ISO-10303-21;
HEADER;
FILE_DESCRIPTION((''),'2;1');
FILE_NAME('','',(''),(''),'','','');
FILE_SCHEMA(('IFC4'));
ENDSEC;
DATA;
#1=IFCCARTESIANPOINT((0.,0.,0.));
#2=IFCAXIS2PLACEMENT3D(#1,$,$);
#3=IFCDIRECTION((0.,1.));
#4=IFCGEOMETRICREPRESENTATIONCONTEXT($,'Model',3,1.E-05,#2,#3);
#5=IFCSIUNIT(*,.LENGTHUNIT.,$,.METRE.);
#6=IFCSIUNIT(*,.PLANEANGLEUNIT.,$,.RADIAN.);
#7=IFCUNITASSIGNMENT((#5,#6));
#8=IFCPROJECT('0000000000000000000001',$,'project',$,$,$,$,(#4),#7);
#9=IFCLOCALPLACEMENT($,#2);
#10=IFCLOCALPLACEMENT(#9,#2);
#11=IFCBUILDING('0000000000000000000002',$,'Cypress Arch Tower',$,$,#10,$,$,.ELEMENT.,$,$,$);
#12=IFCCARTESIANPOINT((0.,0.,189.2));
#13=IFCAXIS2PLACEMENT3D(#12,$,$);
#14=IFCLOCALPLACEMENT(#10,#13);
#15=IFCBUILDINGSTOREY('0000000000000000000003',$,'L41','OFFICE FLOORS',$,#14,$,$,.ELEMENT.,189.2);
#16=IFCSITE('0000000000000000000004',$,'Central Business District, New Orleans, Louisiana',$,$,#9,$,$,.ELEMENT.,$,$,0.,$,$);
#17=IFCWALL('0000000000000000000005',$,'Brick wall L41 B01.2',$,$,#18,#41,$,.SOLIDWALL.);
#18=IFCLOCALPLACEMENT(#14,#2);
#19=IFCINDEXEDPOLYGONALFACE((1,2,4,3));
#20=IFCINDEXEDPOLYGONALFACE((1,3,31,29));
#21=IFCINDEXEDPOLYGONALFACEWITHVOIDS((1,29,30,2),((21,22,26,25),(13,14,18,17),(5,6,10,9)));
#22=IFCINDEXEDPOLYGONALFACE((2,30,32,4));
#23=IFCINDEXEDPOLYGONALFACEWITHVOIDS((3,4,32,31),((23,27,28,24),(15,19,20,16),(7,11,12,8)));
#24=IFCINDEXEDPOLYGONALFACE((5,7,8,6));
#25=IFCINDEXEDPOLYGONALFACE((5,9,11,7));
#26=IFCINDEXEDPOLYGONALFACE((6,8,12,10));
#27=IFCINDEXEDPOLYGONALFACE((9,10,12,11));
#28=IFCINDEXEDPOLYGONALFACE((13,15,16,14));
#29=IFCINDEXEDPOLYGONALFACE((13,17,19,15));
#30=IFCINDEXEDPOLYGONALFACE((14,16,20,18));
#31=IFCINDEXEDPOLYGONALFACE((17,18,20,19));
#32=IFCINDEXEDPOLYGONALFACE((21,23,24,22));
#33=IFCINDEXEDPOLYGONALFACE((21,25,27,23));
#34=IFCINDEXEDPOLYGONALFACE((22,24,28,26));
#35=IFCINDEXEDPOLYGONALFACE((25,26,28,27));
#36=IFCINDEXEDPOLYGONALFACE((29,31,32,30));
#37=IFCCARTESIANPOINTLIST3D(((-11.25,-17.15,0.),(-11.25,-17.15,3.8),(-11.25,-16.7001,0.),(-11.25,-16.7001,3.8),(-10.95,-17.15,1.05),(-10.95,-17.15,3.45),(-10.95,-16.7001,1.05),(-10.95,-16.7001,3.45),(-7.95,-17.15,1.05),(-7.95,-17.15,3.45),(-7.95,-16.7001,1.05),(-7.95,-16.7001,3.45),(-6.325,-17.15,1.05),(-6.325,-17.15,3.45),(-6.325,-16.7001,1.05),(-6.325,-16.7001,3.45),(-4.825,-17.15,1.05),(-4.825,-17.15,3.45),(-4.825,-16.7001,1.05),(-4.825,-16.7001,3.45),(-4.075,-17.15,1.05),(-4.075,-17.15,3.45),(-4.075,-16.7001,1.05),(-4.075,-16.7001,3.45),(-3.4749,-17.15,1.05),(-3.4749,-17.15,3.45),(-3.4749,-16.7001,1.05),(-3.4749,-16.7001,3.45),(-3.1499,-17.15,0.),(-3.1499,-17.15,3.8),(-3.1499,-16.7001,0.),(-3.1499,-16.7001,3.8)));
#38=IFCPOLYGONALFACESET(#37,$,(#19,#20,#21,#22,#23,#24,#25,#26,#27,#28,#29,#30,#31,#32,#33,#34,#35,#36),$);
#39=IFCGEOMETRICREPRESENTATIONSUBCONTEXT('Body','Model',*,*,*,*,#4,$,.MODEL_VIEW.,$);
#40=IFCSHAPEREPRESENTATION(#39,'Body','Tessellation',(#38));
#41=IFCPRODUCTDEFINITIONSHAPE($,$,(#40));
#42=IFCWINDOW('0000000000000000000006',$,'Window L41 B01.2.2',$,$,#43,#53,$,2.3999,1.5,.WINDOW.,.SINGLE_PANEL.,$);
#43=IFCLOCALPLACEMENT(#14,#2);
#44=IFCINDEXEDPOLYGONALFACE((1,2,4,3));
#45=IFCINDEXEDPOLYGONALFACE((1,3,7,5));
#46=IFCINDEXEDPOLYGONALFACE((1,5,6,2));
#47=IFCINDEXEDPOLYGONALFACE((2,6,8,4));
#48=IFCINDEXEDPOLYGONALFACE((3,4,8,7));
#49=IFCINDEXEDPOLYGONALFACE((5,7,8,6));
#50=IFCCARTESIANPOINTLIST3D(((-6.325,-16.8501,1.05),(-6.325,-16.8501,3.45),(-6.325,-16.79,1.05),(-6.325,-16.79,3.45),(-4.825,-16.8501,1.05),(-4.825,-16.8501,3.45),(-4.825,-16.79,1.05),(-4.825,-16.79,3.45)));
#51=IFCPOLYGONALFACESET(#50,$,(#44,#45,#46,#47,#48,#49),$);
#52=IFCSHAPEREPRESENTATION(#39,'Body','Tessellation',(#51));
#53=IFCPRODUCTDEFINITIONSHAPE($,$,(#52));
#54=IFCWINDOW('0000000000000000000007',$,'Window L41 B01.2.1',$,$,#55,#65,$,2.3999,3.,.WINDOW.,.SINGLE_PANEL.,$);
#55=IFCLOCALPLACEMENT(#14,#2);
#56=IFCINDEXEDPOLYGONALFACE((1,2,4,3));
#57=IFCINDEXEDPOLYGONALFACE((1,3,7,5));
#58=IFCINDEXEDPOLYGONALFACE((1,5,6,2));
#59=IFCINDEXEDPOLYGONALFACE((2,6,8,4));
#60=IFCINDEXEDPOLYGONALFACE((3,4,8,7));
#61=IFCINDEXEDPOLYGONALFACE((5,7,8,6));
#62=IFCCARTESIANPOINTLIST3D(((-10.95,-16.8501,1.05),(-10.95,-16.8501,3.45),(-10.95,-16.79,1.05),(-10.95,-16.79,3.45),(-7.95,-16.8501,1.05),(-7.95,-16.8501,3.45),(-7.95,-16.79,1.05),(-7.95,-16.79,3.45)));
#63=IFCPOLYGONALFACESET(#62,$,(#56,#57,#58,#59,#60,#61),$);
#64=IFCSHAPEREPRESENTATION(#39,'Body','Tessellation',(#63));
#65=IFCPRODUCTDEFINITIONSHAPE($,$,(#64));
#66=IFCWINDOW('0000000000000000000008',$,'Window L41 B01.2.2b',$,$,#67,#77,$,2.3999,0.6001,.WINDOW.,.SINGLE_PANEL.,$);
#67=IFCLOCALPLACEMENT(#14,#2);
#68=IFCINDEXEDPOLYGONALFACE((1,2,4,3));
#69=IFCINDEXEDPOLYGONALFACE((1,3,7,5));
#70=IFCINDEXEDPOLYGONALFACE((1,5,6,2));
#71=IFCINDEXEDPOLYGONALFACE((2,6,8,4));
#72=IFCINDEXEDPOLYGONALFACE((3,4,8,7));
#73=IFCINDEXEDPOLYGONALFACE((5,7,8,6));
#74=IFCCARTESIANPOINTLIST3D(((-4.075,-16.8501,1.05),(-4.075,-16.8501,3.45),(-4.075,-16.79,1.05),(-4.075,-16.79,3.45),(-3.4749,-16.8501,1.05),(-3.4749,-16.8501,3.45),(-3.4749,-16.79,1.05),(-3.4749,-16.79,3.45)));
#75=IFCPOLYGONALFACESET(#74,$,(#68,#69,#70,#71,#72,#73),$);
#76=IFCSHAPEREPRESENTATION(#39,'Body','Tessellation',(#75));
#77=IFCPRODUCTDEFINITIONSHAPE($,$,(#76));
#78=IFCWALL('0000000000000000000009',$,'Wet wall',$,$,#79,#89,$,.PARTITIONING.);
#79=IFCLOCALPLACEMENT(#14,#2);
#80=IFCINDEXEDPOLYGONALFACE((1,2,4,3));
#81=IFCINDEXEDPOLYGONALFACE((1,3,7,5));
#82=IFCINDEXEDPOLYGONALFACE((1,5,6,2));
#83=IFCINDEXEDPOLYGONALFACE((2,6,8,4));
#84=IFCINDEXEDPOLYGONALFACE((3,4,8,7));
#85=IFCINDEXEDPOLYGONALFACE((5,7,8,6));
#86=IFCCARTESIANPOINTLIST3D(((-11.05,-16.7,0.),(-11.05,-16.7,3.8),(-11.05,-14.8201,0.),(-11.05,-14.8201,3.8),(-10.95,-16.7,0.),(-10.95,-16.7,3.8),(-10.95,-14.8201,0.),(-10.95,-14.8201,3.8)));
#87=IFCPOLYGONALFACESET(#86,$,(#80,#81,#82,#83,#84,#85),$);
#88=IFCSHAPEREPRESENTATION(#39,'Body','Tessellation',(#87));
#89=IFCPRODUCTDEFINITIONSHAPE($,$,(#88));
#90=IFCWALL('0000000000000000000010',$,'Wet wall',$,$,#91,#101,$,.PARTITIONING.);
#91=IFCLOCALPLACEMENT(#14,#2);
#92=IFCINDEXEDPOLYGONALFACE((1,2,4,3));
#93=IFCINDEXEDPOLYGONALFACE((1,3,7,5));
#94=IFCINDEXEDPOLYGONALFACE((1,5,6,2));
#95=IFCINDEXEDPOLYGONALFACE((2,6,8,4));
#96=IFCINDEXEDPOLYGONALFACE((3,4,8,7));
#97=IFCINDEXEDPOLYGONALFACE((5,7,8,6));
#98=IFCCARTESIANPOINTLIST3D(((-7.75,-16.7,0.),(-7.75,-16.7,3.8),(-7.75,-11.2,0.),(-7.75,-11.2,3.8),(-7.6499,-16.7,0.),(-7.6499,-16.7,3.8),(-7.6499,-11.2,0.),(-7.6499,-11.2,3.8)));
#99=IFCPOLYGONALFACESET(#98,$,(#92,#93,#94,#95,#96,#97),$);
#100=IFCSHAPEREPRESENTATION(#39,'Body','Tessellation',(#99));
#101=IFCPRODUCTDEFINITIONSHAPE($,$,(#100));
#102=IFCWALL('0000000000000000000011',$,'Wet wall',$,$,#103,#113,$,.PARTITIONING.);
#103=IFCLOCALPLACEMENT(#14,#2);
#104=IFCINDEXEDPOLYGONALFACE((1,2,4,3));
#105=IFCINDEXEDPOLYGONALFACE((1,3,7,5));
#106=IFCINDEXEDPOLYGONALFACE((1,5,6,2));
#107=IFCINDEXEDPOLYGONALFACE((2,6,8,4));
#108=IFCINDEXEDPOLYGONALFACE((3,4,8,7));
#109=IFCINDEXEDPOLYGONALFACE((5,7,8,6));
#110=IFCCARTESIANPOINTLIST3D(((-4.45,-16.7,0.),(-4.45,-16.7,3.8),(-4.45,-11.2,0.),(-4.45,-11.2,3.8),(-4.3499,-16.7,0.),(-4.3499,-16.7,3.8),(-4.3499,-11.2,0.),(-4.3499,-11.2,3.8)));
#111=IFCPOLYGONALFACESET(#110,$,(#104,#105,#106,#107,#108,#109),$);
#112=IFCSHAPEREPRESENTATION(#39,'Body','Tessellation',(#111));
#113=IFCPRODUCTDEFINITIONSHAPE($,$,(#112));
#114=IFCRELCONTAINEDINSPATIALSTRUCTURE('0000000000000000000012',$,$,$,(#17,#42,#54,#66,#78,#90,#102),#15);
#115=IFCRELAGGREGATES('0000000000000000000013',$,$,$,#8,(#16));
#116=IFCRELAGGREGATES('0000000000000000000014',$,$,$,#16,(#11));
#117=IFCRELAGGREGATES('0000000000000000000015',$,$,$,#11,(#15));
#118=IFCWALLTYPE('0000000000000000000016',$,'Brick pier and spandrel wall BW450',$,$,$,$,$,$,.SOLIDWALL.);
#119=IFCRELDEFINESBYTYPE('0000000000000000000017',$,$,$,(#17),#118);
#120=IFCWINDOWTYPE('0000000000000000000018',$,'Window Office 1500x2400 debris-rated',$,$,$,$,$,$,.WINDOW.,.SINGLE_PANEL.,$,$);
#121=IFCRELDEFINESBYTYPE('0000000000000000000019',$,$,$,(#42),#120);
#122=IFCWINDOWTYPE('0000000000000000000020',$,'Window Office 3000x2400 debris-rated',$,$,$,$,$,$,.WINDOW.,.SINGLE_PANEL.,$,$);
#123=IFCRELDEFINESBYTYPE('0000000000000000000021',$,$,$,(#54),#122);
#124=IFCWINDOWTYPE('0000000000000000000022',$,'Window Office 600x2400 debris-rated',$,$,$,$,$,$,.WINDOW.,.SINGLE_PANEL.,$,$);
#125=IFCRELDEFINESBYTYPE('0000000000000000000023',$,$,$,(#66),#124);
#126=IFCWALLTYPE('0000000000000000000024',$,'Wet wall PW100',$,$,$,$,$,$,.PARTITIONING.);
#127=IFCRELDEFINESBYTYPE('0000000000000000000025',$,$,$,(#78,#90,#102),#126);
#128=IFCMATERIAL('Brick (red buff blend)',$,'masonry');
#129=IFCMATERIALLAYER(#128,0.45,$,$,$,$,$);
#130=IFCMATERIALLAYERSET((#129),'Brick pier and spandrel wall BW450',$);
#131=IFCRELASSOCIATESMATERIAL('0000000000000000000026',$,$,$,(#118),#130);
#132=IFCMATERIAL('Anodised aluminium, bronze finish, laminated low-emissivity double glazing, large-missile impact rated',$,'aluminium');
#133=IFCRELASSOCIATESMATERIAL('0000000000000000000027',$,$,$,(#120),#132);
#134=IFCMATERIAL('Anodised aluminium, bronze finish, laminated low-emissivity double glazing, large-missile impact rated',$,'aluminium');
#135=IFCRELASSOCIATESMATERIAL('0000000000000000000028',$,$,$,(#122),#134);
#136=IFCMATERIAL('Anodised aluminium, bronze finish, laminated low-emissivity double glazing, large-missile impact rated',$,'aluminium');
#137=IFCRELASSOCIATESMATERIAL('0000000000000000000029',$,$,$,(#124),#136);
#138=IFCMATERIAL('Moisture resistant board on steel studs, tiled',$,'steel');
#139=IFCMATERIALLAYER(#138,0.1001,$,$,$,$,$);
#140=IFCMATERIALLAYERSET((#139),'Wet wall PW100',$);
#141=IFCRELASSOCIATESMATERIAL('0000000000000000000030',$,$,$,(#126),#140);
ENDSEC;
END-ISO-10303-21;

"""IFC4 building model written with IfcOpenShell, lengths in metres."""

from ifc_helpers import new_model, si_unit, direction, frame, frame_2d, origin, place, context, subcontext, project, spatial, rectangle, extrude, material, layer, layer_set, type_object, element, fill, save


model = new_model("IFC4")

# Units and contexts
model_context = context("Model", 3, precision=1e-05, world=origin(), true_north=direction((0.0, 1.0)))
body_context = subcontext(model_context, "Body", "Model", "MODEL_VIEW")
ifc_project = project(units=[si_unit("LENGTHUNIT", "METRE"), si_unit("PLANEANGLEUNIT", "RADIAN")], contexts=[model_context])

# Site, building, storey
site_placement = place(None, origin())
site = spatial("IfcSite", under=ifc_project, at=site_placement, Name="Central Business District, New Orleans, Louisiana", CompositionType="ELEMENT", RefElevation=0.0)
building_placement = place(site_placement, origin())
building = spatial("IfcBuilding", under=site, at=building_placement, Name="Cypress Arch Tower", CompositionType="ELEMENT")
storey_placement = place(building_placement, frame((0.0, 0.0, 189.2)))
storey = spatial("IfcBuildingStorey", under=building, at=storey_placement, Name="L41", Description="OFFICE FLOORS", CompositionType="ELEMENT", Elevation=189.2)

# Wall, openings, windows
ifc_material_1 = material(Name="Brick (red buff blend)", Category="masonry")
ifc_layer_1 = layer(ifc_material_1, 0.45)
ifc_layer_set_1 = layer_set([ifc_layer_1], Name="Brick pier and spandrel wall BW450")
wall_type_1 = type_object("IfcWallType", Name="Brick pier and spandrel wall BW450", PredefinedType="SOLIDWALL", material=ifc_layer_set_1)
wall_1_placement = place(storey_placement, frame((-11.25, -16.925, 0.0), z_axis=(0.0, 0.0, 1.0), x_axis=(1.0, 0.0, 0.0)))
wall_1 = element("IfcWall", 1, at=wall_1_placement, inside=storey, type_object=wall_type_1, Name="Brick wall L41 B01.2", PredefinedType="SOLIDWALL", context=body_context, shape_type="SweptSolid", body=[
    extrude(rectangle(XDim=8.1001, YDim=0.45, at=frame_2d((4.05, 0.0))), origin(), (0.0, 0.0, 1.0), 3.8),
])
opening_1_placement = place(wall_1_placement, frame((0.3, 0.0, 1.05)))
opening_1 = element("IfcOpeningElement", 2, at=opening_1_placement, cuts=wall_1, PredefinedType="OPENING", context=body_context, shape_type="SweptSolid", body=[
    extrude(rectangle(XDim=3.0, YDim=2.3999, at=frame_2d((1.5, 1.2))), frame((0.0, 0.2349, 0.0), z_axis=(0.0, -1.0, 0.0), x_axis=(1.0, 0.0, 0.0)), (0.0, 0.0, 1.0), 0.47),
])
opening_2_placement = place(wall_1_placement, frame((4.925, 0.0, 1.05)))
opening_2 = element("IfcOpeningElement", 3, at=opening_2_placement, cuts=wall_1, PredefinedType="OPENING", context=body_context, shape_type="SweptSolid", body=[
    extrude(rectangle(XDim=1.5, YDim=2.3999, at=frame_2d((0.75, 1.2))), frame((0.0, 0.2349, 0.0), z_axis=(0.0, -1.0, 0.0), x_axis=(1.0, 0.0, 0.0)), (0.0, 0.0, 1.0), 0.47),
])
opening_3_placement = place(wall_1_placement, frame((7.175, 0.0, 1.05)))
opening_3 = element("IfcOpeningElement", 4, at=opening_3_placement, cuts=wall_1, PredefinedType="OPENING", context=body_context, shape_type="SweptSolid", body=[
    extrude(rectangle(XDim=0.6001, YDim=2.3999, at=frame_2d((0.3, 1.2))), frame((0.0, 0.2349, 0.0), z_axis=(0.0, -1.0, 0.0), x_axis=(1.0, 0.0, 0.0)), (0.0, 0.0, 1.0), 0.47),
])
ifc_material_2 = material(Name="Anodised aluminium, bronze finish, laminated low-emissivity double glazing, large-missile impact rated", Category="aluminium")
window_type_1 = type_object("IfcWindowType", Name="Window Office 1500x2400 debris-rated", PartitioningType="SINGLE_PANEL", PredefinedType="WINDOW", material=ifc_material_2)
window_1_placement = place(opening_2_placement, origin())
window_1 = element("IfcWindow", 5, at=window_1_placement, inside=storey, type_object=window_type_1, Name="Window L41 B01.2.2", OverallHeight=2.3999, OverallWidth=1.5, PartitioningType="SINGLE_PANEL", PredefinedType="WINDOW", context=body_context, shape_type="SweptSolid", body=[
    extrude(rectangle(XDim=1.5, YDim=2.3999, at=frame_2d((0.75, 1.2))), frame((0.0, 0.135, 0.0), z_axis=(0.0, -1.0, 0.0), x_axis=(1.0, 0.0, 0.0)), (0.0, 0.0, 1.0), 0.0601),
])
fill(opening_2, window_1)
ifc_material_3 = material(Name="Anodised aluminium, bronze finish, laminated low-emissivity double glazing, large-missile impact rated", Category="aluminium")
window_type_2 = type_object("IfcWindowType", Name="Window Office 3000x2400 debris-rated", PartitioningType="SINGLE_PANEL", PredefinedType="WINDOW", material=ifc_material_3)
window_2_placement = place(opening_1_placement, origin())
window_2 = element("IfcWindow", 6, at=window_2_placement, inside=storey, type_object=window_type_2, Name="Window L41 B01.2.1", OverallHeight=2.3999, OverallWidth=3.0, PartitioningType="SINGLE_PANEL", PredefinedType="WINDOW", context=body_context, shape_type="SweptSolid", body=[
    extrude(rectangle(XDim=3.0, YDim=2.3999, at=frame_2d((1.5, 1.2))), frame((0.0, 0.135, 0.0), z_axis=(0.0, -1.0, 0.0), x_axis=(1.0, 0.0, 0.0)), (0.0, 0.0, 1.0), 0.0601),
])
fill(opening_1, window_2)
ifc_material_4 = material(Name="Anodised aluminium, bronze finish, laminated low-emissivity double glazing, large-missile impact rated", Category="aluminium")
window_type_3 = type_object("IfcWindowType", Name="Window Office 600x2400 debris-rated", PartitioningType="SINGLE_PANEL", PredefinedType="WINDOW", material=ifc_material_4)
window_3_placement = place(opening_3_placement, origin())
window_3 = element("IfcWindow", 7, at=window_3_placement, inside=storey, type_object=window_type_3, Name="Window L41 B01.2.2b", OverallHeight=2.3999, OverallWidth=0.6001, PartitioningType="SINGLE_PANEL", PredefinedType="WINDOW", context=body_context, shape_type="SweptSolid", body=[
    extrude(rectangle(XDim=0.6001, YDim=2.3999, at=frame_2d((0.3, 1.2))), frame((0.0, 0.135, 0.0), z_axis=(0.0, -1.0, 0.0), x_axis=(1.0, 0.0, 0.0)), (0.0, 0.0, 1.0), 0.0601),
])
fill(opening_3, window_3)

# Walls
ifc_material_5 = material(Name="Moisture resistant board on steel studs, tiled", Category="steel")
ifc_layer_2 = layer(ifc_material_5, 0.1001)
ifc_layer_set_2 = layer_set([ifc_layer_2], Name="Wet wall PW100")
wall_type_2 = type_object("IfcWallType", Name="Wet wall PW100", PredefinedType="PARTITIONING", material=ifc_layer_set_2)
wall_2_placement = place(storey_placement, frame((-11.0, -16.7, 0.0), z_axis=(0.0, 0.0, 1.0), x_axis=(0.0, 1.0, 0.0)))
element("IfcWall", 8, at=wall_2_placement, inside=storey, type_object=wall_type_2, Name="Wet wall", PredefinedType="PARTITIONING", context=body_context, shape_type="SweptSolid", body=[
    extrude(rectangle(XDim=1.8799, YDim=0.1001, at=frame_2d((0.9399, 0.0))), origin(), (0.0, 0.0, 1.0), 3.8),
])
for number, where, z_axis, x_axis, name in (
    (9, (-7.7, -16.7, 0.0), (0.0, 0.0, 1.0), (0.0, 1.0, 0.0), "Wet wall"),
    (10, (-4.3999, -16.7, 0.0), (0.0, 0.0, 1.0), (0.0, 1.0, 0.0), "Wet wall"),
):
    element("IfcWall", number, at=place(storey_placement, frame(where, z_axis=z_axis, x_axis=x_axis)), inside=storey, type_object=wall_type_2, Name=name, PredefinedType="PARTITIONING", context=body_context, shape_type="SweptSolid", body=[
        extrude(rectangle(XDim=5.5, YDim=0.1001, at=frame_2d((2.75, 0.0))), origin(), (0.0, 0.0, 1.0), 3.8),
    ])

save(model, "model.ifc")
